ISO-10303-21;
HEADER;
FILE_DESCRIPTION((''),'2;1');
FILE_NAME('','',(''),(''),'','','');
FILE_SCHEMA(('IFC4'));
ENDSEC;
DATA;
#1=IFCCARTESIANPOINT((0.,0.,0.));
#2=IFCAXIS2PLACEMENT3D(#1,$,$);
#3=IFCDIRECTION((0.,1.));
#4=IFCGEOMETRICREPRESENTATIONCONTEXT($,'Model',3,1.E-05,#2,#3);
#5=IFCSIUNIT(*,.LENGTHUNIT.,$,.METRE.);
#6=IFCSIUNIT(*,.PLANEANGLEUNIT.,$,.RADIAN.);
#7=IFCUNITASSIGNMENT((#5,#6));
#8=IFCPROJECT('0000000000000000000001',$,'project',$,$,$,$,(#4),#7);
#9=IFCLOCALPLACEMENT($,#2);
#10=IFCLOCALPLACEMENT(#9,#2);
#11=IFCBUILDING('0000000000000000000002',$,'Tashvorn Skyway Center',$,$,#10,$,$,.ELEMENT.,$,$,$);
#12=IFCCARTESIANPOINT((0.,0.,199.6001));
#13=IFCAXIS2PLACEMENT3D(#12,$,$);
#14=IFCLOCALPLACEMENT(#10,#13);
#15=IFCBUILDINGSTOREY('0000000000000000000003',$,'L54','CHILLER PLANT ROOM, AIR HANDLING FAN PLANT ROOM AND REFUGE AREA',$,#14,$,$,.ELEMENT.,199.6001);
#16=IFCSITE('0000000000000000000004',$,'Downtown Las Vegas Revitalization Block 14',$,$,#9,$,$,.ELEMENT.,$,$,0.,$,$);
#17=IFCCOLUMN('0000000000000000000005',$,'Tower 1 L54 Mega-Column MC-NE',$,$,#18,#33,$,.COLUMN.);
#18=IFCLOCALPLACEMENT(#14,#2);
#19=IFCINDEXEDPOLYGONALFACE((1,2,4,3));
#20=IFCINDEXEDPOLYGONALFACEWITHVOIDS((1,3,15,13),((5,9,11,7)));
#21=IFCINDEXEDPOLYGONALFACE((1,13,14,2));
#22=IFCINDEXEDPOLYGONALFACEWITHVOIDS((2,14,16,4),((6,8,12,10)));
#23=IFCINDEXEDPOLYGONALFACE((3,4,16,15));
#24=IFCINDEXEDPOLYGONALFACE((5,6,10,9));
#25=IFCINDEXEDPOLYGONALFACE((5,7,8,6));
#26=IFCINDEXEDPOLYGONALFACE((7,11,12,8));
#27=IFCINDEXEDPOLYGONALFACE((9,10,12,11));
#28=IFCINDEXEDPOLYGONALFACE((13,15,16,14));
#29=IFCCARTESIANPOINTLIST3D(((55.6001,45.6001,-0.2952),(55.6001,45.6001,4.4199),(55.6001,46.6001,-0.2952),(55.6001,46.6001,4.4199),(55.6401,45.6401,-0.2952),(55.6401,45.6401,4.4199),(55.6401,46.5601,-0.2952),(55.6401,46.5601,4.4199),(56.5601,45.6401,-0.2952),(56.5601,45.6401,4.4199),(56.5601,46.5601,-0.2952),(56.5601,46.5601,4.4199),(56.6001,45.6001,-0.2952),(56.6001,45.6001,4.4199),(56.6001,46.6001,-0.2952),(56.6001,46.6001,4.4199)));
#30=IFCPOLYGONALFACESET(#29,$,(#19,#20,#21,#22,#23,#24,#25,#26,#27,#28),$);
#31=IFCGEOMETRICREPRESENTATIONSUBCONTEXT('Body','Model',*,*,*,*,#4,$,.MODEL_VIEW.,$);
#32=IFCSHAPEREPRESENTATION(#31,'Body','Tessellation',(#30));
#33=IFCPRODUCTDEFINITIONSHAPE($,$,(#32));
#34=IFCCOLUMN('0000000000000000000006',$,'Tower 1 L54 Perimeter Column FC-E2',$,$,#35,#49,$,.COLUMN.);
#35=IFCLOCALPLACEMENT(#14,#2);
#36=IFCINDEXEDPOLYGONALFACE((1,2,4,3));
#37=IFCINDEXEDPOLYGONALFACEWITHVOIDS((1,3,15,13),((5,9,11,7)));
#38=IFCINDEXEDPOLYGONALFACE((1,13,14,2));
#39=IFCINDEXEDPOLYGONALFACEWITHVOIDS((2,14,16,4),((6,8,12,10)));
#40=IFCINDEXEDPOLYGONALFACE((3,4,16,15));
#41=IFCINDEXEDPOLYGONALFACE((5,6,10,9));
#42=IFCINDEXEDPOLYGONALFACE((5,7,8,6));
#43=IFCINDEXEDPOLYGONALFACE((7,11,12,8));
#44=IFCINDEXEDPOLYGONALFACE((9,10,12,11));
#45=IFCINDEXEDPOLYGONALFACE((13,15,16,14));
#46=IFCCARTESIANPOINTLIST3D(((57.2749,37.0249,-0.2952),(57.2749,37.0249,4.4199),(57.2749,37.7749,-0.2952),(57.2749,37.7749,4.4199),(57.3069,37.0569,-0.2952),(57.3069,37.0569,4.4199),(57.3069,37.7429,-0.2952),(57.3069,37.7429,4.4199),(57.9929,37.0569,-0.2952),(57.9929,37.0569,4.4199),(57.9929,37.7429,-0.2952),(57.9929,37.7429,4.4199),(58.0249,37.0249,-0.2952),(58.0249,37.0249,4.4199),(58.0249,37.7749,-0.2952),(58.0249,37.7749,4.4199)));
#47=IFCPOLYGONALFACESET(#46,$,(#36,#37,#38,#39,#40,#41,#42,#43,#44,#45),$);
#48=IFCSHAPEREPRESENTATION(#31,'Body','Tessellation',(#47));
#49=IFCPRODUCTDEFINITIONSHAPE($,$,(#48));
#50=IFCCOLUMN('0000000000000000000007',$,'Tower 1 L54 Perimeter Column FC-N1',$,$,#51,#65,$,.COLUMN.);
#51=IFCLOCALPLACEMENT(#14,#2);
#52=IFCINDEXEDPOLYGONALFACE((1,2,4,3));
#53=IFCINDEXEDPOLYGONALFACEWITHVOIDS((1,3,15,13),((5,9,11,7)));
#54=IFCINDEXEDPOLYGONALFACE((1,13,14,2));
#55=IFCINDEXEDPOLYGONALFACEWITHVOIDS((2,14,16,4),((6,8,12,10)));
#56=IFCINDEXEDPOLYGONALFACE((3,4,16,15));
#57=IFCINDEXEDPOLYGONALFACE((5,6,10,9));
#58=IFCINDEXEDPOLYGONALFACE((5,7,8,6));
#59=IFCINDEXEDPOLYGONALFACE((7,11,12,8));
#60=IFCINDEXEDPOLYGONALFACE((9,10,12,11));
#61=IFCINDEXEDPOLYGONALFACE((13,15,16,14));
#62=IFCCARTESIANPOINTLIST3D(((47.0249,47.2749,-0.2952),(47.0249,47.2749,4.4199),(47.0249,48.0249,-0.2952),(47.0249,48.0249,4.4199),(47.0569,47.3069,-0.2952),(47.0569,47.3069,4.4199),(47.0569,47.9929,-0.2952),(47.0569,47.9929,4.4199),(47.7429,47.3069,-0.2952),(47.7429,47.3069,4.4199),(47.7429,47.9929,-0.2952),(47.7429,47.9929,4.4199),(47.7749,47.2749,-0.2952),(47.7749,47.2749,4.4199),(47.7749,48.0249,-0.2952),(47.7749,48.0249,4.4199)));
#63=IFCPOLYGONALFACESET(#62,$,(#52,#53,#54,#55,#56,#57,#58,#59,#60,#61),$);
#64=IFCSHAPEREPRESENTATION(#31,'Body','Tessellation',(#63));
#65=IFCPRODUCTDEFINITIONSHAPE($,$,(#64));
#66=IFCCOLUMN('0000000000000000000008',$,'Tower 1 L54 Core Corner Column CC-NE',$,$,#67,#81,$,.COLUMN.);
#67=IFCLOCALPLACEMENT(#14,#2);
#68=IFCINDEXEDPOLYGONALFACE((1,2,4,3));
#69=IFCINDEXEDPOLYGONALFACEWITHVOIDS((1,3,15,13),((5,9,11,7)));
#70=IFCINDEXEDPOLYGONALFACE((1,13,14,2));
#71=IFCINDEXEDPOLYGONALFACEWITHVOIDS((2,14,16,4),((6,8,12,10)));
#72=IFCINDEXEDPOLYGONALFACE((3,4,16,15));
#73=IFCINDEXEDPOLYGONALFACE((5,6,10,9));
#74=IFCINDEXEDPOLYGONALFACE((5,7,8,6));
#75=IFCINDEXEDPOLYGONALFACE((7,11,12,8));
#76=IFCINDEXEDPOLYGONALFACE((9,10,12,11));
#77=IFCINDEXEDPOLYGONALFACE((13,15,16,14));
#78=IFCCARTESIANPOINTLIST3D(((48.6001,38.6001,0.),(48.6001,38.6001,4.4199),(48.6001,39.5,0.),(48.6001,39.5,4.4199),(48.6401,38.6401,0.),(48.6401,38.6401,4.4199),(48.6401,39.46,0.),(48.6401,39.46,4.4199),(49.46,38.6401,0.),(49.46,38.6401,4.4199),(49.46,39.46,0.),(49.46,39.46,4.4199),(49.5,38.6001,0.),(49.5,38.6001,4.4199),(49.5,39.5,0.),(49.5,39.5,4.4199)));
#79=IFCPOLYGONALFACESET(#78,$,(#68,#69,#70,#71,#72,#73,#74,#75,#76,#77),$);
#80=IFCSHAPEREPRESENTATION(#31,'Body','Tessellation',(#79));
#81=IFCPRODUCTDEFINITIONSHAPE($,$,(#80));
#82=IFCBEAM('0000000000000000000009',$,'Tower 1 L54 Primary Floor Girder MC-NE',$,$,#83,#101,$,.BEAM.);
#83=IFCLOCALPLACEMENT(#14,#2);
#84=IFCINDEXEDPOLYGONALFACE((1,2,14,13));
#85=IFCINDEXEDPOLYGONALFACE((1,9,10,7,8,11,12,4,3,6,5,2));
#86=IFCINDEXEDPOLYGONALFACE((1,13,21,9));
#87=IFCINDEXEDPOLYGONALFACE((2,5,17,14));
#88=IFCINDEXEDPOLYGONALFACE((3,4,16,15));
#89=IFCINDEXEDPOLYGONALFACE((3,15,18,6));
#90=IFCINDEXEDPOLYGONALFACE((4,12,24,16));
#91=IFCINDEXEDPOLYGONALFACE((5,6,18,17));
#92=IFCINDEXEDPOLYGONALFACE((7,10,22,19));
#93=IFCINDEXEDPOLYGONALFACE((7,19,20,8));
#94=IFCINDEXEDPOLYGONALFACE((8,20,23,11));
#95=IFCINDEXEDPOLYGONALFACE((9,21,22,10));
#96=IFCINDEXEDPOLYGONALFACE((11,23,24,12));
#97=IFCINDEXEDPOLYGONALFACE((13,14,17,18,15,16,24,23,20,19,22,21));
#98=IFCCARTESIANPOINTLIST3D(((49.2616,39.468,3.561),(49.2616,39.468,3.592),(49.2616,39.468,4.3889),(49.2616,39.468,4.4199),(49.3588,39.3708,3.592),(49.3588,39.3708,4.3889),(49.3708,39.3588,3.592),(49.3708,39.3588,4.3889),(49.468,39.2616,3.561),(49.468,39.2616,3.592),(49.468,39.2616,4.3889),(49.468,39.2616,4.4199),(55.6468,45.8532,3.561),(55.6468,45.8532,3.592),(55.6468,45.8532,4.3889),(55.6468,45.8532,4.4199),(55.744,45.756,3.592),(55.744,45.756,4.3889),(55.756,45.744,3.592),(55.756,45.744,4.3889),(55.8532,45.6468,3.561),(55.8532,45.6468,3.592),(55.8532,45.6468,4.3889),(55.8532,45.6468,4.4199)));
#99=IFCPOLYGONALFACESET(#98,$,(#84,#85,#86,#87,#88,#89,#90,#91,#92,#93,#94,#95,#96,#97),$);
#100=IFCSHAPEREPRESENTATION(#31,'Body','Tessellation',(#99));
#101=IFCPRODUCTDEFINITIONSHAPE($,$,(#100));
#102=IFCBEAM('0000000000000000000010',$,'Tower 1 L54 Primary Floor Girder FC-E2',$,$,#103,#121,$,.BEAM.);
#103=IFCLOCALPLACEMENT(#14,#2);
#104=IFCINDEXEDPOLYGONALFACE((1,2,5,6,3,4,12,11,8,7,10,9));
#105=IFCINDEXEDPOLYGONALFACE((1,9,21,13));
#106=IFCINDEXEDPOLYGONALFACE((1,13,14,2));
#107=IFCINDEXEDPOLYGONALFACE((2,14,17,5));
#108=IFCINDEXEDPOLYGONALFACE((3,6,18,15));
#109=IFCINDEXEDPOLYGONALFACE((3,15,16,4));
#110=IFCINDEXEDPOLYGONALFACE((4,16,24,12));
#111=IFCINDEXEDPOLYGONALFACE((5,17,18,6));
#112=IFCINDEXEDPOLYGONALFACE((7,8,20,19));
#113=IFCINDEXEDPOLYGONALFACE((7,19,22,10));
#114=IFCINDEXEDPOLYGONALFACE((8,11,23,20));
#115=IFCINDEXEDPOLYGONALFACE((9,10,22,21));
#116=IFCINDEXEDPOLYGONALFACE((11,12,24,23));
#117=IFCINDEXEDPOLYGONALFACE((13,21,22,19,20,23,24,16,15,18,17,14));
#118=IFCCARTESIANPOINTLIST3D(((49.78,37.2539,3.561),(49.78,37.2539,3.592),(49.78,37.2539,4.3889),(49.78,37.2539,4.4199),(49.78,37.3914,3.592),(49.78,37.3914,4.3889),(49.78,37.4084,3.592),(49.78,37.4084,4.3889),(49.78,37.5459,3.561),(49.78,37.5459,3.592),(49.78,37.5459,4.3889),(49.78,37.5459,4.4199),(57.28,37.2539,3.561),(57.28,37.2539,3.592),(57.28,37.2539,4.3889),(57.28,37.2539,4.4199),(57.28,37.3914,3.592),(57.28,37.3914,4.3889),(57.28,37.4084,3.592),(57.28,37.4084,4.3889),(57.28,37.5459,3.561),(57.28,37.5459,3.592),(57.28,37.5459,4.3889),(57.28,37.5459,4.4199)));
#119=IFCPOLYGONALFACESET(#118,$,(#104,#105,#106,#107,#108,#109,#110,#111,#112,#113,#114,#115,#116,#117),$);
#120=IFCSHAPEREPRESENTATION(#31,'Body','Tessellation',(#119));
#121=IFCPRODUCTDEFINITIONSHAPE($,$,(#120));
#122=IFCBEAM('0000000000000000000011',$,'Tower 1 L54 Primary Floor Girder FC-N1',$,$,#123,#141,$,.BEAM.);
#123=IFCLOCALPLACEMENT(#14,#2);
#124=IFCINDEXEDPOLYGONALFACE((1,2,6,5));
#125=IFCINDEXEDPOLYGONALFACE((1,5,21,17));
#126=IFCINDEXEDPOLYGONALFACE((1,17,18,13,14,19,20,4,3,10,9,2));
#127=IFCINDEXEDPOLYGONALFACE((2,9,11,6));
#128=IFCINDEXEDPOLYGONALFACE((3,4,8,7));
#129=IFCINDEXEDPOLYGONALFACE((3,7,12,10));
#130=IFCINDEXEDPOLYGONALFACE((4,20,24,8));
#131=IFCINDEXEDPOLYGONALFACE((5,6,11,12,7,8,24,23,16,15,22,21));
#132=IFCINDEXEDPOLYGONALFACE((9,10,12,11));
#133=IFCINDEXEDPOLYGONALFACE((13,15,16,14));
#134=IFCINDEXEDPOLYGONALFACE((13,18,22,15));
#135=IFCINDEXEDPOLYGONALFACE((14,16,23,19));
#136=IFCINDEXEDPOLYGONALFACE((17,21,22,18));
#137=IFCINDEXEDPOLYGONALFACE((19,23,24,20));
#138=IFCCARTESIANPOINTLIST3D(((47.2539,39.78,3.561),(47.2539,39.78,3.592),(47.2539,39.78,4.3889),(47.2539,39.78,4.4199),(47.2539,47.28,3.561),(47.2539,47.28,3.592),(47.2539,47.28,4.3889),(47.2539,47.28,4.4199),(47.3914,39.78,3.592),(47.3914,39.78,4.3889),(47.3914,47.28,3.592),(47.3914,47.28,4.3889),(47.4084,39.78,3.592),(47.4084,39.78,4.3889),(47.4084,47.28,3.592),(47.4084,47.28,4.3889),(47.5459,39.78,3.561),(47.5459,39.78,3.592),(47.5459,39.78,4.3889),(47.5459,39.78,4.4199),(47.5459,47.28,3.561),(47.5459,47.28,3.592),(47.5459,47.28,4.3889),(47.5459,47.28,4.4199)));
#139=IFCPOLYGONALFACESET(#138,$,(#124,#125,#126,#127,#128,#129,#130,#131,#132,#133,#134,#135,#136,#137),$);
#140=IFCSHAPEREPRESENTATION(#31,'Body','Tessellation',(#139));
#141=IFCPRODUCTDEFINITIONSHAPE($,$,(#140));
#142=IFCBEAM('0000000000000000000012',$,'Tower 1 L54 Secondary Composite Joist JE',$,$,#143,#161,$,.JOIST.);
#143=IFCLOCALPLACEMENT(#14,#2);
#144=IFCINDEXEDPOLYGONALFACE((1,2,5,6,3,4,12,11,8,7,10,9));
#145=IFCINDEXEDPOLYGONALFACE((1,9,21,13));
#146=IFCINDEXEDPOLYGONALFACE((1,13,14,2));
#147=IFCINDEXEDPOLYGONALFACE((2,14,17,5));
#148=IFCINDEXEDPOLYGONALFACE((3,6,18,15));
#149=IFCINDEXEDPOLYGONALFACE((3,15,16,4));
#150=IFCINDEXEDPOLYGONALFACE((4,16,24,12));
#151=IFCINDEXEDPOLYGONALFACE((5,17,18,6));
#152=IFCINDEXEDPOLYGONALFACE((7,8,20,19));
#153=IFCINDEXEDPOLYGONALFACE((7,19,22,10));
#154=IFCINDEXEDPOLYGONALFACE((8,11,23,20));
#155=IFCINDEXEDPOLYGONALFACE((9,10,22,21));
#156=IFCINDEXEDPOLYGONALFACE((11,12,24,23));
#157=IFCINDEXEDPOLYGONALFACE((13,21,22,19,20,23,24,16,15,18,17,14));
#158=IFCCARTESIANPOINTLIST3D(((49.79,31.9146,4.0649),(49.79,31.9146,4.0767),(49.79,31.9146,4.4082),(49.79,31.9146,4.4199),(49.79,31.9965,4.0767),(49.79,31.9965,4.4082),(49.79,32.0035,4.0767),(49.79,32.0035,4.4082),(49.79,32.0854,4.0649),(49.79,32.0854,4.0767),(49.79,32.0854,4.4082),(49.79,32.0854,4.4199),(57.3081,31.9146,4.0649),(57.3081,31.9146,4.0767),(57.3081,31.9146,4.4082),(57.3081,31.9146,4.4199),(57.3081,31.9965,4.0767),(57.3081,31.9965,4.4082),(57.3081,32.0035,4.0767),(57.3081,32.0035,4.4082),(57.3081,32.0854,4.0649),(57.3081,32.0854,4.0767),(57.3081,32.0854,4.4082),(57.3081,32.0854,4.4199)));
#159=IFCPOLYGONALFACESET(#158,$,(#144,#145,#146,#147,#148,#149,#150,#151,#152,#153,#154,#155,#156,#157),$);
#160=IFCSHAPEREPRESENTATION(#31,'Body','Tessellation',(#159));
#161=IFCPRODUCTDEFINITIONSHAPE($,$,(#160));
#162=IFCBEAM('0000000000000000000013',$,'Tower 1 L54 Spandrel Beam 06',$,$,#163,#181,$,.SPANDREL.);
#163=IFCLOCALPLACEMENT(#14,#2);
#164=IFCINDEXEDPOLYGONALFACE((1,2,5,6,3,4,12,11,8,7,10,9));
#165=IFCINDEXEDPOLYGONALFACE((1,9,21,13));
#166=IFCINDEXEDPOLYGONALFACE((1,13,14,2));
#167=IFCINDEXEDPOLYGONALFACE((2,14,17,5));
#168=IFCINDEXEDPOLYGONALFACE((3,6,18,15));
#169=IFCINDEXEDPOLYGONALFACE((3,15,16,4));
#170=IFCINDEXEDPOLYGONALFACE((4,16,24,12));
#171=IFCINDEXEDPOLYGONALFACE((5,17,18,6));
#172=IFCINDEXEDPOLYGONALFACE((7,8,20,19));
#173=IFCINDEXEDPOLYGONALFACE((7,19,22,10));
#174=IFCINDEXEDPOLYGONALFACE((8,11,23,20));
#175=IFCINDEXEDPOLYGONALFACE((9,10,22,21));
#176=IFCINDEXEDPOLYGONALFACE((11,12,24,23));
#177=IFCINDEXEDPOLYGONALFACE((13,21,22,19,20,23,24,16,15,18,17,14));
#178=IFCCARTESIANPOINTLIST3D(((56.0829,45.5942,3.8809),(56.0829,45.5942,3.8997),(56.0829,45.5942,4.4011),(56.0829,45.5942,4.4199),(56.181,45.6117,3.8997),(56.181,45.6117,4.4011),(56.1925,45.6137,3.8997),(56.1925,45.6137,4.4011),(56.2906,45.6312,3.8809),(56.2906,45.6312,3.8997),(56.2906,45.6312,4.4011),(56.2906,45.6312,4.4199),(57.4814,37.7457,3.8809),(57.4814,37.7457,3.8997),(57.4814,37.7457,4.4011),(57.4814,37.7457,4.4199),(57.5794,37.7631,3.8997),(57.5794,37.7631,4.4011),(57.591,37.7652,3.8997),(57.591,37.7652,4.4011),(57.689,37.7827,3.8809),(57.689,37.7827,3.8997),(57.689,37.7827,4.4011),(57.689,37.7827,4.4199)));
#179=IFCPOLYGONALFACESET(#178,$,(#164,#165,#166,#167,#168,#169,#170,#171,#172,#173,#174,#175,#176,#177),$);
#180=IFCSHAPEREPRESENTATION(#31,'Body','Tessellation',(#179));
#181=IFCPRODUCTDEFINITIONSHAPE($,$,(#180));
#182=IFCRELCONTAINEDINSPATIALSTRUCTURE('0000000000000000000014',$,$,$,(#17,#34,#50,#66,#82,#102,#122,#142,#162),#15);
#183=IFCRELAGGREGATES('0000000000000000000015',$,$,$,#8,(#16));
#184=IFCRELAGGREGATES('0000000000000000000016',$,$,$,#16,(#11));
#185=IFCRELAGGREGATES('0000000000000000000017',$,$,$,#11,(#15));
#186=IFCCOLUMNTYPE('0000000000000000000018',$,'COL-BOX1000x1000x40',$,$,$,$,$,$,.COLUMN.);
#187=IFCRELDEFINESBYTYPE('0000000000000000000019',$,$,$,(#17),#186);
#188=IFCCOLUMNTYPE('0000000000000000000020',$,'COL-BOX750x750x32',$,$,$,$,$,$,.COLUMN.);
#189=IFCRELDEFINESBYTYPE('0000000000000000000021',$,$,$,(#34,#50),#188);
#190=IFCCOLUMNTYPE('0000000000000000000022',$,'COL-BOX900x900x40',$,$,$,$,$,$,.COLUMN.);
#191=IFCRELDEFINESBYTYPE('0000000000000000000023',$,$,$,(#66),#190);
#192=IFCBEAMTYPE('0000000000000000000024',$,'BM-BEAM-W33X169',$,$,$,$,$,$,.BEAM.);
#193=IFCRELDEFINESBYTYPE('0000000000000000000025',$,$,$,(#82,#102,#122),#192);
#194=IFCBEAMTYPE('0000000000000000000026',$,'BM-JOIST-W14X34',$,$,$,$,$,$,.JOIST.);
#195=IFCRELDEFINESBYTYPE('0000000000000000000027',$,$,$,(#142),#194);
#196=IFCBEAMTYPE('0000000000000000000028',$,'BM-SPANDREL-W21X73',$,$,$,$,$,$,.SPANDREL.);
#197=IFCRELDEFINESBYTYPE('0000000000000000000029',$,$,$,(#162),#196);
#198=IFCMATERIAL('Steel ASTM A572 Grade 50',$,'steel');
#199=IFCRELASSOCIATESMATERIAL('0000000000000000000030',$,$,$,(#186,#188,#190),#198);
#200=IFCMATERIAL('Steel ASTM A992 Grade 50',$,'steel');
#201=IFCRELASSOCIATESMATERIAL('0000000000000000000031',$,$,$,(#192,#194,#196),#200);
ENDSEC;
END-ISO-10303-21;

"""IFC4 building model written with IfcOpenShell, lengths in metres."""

from ifc_helpers import new_model, si_unit, direction, frame, origin, origin_2d, place, context, subcontext, project, spatial, hollow_rectangle, i_section, extrude, material, material_profile, profile_set, type_object, element, save


model = new_model("IFC4")

# Units and contexts
model_context = context("Model", 3, precision=1e-05, world=origin(), true_north=direction((0.0, 1.0)))
body_context = subcontext(model_context, "Body", "Model", "MODEL_VIEW")
ifc_project = project(units=[si_unit("LENGTHUNIT", "METRE"), si_unit("PLANEANGLEUNIT", "RADIAN")], contexts=[model_context])

# Site, building, storey
site_placement = place(None, origin())
site = spatial("IfcSite", under=ifc_project, at=site_placement, Name="Downtown Las Vegas Revitalization Block 14", CompositionType="ELEMENT", RefElevation=0.0)
building_placement = place(site_placement, origin())
building = spatial("IfcBuilding", under=site, at=building_placement, Name="Tashvorn Skyway Center", CompositionType="ELEMENT")
storey_placement = place(building_placement, frame((0.0, 0.0, 199.6001)))
storey = spatial("IfcBuildingStorey", under=building, at=storey_placement, Name="L54", Description="CHILLER PLANT ROOM, AIR HANDLING FAN PLANT ROOM AND REFUGE AREA", CompositionType="ELEMENT", Elevation=199.6001)

# Columns
ifc_material_1 = material(Name="Steel ASTM A572 Grade 50", Category="steel")
ifc_material_profile_1 = material_profile(ifc_material_1, hollow_rectangle(XDim=1.0, YDim=1.0, WallThickness=0.04, at=origin_2d()), Name="BOX1000x1000x40")
ifc_profile_set_1 = profile_set([ifc_material_profile_1], Name="Steel ASTM A572 Grade 50")
column_type_1 = type_object("IfcColumnType", Name="COL-BOX1000x1000x40", PredefinedType="COLUMN", material=ifc_profile_set_1)
column_1_placement = place(storey_placement, frame((56.1001, 46.1001, -0.2952), z_axis=(0.0, 0.0, 1.0), x_axis=(1.0, 0.0, 0.0)))
element("IfcColumn", 1, at=column_1_placement, inside=storey, type_object=column_type_1, Name="Tower 1 L54 Mega-Column MC-NE", PredefinedType="COLUMN", context=body_context, shape_type="SweptSolid", body=[
    extrude(hollow_rectangle(XDim=1.0, YDim=1.0, WallThickness=0.04, at=origin_2d()), origin(), (0.0, 0.0, 1.0), 4.7151),
])
ifc_material_profile_2 = material_profile(ifc_material_1, hollow_rectangle(XDim=0.75, YDim=0.75, WallThickness=0.032, at=origin_2d()), Name="BOX750x750x32")
ifc_profile_set_2 = profile_set([ifc_material_profile_2], Name="Steel ASTM A572 Grade 50")
column_type_2 = type_object("IfcColumnType", Name="COL-BOX750x750x32", PredefinedType="COLUMN", material=ifc_profile_set_2)
for number, where, z_axis, x_axis, name in (
    (2, (57.6499, 37.3999, -0.2952), (0.0, 0.0, 1.0), (1.0, 0.0, 0.0), "Tower 1 L54 Perimeter Column FC-E2"),
    (3, (47.3999, 47.6499, -0.2952), (0.0, 0.0, 1.0), (1.0, 0.0, 0.0), "Tower 1 L54 Perimeter Column FC-N1"),
):
    element("IfcColumn", number, at=place(storey_placement, frame(where, z_axis=z_axis, x_axis=x_axis)), inside=storey, type_object=column_type_2, Name=name, PredefinedType="COLUMN", context=body_context, shape_type="SweptSolid", body=[
        extrude(hollow_rectangle(XDim=0.75, YDim=0.75, WallThickness=0.032, at=origin_2d()), origin(), (0.0, 0.0, 1.0), 4.7151),
    ])
ifc_material_profile_3 = material_profile(ifc_material_1, hollow_rectangle(XDim=0.8999, YDim=0.8999, WallThickness=0.04, at=origin_2d()), Name="BOX900x900x40")
ifc_profile_set_3 = profile_set([ifc_material_profile_3], Name="Steel ASTM A572 Grade 50")
column_type_3 = type_object("IfcColumnType", Name="COL-BOX900x900x40", PredefinedType="COLUMN", material=ifc_profile_set_3)
column_2_placement = place(storey_placement, frame((49.05, 39.05, 0.0), z_axis=(0.0, 0.0, 1.0), x_axis=(1.0, 0.0, 0.0)))
element("IfcColumn", 4, at=column_2_placement, inside=storey, type_object=column_type_3, Name="Tower 1 L54 Core Corner Column CC-NE", PredefinedType="COLUMN", context=body_context, shape_type="SweptSolid", body=[
    extrude(hollow_rectangle(XDim=0.8999, YDim=0.8999, WallThickness=0.04, at=origin_2d()), origin(), (0.0, 0.0, 1.0), 4.4199),
])

# Beams
ifc_material_2 = material(Name="Steel ASTM A992 Grade 50", Category="steel")
ifc_material_profile_4 = material_profile(ifc_material_2, i_section(OverallWidth=0.292, OverallDepth=0.8589, WebThickness=0.0171, FlangeThickness=0.031, at=origin_2d()), Name="W33X169")
ifc_profile_set_4 = profile_set([ifc_material_profile_4], Name="Steel ASTM A992 Grade 50")
beam_type_1 = type_object("IfcBeamType", Name="BM-BEAM-W33X169", PredefinedType="BEAM", material=ifc_profile_set_4)
beam_1_placement = place(storey_placement, frame((55.75, 45.75, 3.9905), z_axis=(-0.707107, -0.707107, 0.0), x_axis=(0.707107, -0.707107, 0.0)))
element("IfcBeam", 5, at=beam_1_placement, inside=storey, type_object=beam_type_1, Name="Tower 1 L54 Primary Floor Girder MC-NE", PredefinedType="BEAM", context=body_context, shape_type="SweptSolid", body=[
    extrude(i_section(OverallWidth=0.292, OverallDepth=0.8589, WebThickness=0.0171, FlangeThickness=0.031, at=origin_2d()), origin(), (0.0, 0.0, 1.0), 9.03),
])
for number, where, z_axis, x_axis, name in (
    (6, (57.28, 37.3999, 3.9905), (-1.0, 0.0, 0.0), (0.0, -1.0, 0.0), "Tower 1 L54 Primary Floor Girder FC-E2"),
    (7, (47.3999, 47.28, 3.9905), (0.0, -1.0, 0.0), (1.0, 0.0, 0.0), "Tower 1 L54 Primary Floor Girder FC-N1"),
):
    element("IfcBeam", number, at=place(storey_placement, frame(where, z_axis=z_axis, x_axis=x_axis)), inside=storey, type_object=beam_type_1, Name=name, PredefinedType="BEAM", context=body_context, shape_type="SweptSolid", body=[
        extrude(i_section(OverallWidth=0.292, OverallDepth=0.8589, WebThickness=0.0171, FlangeThickness=0.031, at=origin_2d()), origin(), (0.0, 0.0, 1.0), 7.5),
    ])
ifc_material_profile_5 = material_profile(ifc_material_2, i_section(OverallWidth=0.1709, OverallDepth=0.355, WebThickness=0.0071, FlangeThickness=0.0117, at=origin_2d()), Name="W14X34")
ifc_profile_set_5 = profile_set([ifc_material_profile_5], Name="Steel ASTM A992 Grade 50")
beam_type_2 = type_object("IfcBeamType", Name="BM-JOIST-W14X34", PredefinedType="JOIST", material=ifc_profile_set_5)
beam_2_placement = place(storey_placement, frame((49.79, 32.0, 4.2424), z_axis=(1.0, 0.0, 0.0), x_axis=(0.0, 1.0, 0.0)))
element("IfcBeam", 8, at=beam_2_placement, inside=storey, type_object=beam_type_2, Name="Tower 1 L54 Secondary Composite Joist JE", PredefinedType="JOIST", context=body_context, shape_type="SweptSolid", body=[
    extrude(i_section(OverallWidth=0.1709, OverallDepth=0.355, WebThickness=0.0071, FlangeThickness=0.0117, at=origin_2d()), origin(), (0.0, 0.0, 1.0), 7.5181),
])
ifc_material_profile_6 = material_profile(ifc_material_2, i_section(OverallWidth=0.2109, OverallDepth=0.5391, WebThickness=0.0117, FlangeThickness=0.0188, at=origin_2d()), Name="W21X73")
ifc_profile_set_6 = profile_set([ifc_material_profile_6], Name="Steel ASTM A992 Grade 50")
beam_type_3 = type_object("IfcBeamType", Name="BM-SPANDREL-W21X73", PredefinedType="SPANDREL", material=ifc_profile_set_6)
for number, where, z_axis, x_axis, name in (
    (9, (57.5852, 37.7642, 4.1504), (-0.175413, 0.984495, 0.0), (-0.984495, -0.175413, 0.0), "Tower 1 L54 Spandrel Beam 06"),
):
    element("IfcBeam", number, at=place(storey_placement, frame(where, z_axis=z_axis, x_axis=x_axis)), inside=storey, type_object=beam_type_3, Name=name, PredefinedType="SPANDREL", context=body_context, shape_type="SweptSolid", body=[
        extrude(i_section(OverallWidth=0.2109, OverallDepth=0.5391, WebThickness=0.0117, FlangeThickness=0.0188, at=origin_2d()), origin(), (0.0, 0.0, 1.0), 7.9722),
    ])

save(model, "model.ifc")
